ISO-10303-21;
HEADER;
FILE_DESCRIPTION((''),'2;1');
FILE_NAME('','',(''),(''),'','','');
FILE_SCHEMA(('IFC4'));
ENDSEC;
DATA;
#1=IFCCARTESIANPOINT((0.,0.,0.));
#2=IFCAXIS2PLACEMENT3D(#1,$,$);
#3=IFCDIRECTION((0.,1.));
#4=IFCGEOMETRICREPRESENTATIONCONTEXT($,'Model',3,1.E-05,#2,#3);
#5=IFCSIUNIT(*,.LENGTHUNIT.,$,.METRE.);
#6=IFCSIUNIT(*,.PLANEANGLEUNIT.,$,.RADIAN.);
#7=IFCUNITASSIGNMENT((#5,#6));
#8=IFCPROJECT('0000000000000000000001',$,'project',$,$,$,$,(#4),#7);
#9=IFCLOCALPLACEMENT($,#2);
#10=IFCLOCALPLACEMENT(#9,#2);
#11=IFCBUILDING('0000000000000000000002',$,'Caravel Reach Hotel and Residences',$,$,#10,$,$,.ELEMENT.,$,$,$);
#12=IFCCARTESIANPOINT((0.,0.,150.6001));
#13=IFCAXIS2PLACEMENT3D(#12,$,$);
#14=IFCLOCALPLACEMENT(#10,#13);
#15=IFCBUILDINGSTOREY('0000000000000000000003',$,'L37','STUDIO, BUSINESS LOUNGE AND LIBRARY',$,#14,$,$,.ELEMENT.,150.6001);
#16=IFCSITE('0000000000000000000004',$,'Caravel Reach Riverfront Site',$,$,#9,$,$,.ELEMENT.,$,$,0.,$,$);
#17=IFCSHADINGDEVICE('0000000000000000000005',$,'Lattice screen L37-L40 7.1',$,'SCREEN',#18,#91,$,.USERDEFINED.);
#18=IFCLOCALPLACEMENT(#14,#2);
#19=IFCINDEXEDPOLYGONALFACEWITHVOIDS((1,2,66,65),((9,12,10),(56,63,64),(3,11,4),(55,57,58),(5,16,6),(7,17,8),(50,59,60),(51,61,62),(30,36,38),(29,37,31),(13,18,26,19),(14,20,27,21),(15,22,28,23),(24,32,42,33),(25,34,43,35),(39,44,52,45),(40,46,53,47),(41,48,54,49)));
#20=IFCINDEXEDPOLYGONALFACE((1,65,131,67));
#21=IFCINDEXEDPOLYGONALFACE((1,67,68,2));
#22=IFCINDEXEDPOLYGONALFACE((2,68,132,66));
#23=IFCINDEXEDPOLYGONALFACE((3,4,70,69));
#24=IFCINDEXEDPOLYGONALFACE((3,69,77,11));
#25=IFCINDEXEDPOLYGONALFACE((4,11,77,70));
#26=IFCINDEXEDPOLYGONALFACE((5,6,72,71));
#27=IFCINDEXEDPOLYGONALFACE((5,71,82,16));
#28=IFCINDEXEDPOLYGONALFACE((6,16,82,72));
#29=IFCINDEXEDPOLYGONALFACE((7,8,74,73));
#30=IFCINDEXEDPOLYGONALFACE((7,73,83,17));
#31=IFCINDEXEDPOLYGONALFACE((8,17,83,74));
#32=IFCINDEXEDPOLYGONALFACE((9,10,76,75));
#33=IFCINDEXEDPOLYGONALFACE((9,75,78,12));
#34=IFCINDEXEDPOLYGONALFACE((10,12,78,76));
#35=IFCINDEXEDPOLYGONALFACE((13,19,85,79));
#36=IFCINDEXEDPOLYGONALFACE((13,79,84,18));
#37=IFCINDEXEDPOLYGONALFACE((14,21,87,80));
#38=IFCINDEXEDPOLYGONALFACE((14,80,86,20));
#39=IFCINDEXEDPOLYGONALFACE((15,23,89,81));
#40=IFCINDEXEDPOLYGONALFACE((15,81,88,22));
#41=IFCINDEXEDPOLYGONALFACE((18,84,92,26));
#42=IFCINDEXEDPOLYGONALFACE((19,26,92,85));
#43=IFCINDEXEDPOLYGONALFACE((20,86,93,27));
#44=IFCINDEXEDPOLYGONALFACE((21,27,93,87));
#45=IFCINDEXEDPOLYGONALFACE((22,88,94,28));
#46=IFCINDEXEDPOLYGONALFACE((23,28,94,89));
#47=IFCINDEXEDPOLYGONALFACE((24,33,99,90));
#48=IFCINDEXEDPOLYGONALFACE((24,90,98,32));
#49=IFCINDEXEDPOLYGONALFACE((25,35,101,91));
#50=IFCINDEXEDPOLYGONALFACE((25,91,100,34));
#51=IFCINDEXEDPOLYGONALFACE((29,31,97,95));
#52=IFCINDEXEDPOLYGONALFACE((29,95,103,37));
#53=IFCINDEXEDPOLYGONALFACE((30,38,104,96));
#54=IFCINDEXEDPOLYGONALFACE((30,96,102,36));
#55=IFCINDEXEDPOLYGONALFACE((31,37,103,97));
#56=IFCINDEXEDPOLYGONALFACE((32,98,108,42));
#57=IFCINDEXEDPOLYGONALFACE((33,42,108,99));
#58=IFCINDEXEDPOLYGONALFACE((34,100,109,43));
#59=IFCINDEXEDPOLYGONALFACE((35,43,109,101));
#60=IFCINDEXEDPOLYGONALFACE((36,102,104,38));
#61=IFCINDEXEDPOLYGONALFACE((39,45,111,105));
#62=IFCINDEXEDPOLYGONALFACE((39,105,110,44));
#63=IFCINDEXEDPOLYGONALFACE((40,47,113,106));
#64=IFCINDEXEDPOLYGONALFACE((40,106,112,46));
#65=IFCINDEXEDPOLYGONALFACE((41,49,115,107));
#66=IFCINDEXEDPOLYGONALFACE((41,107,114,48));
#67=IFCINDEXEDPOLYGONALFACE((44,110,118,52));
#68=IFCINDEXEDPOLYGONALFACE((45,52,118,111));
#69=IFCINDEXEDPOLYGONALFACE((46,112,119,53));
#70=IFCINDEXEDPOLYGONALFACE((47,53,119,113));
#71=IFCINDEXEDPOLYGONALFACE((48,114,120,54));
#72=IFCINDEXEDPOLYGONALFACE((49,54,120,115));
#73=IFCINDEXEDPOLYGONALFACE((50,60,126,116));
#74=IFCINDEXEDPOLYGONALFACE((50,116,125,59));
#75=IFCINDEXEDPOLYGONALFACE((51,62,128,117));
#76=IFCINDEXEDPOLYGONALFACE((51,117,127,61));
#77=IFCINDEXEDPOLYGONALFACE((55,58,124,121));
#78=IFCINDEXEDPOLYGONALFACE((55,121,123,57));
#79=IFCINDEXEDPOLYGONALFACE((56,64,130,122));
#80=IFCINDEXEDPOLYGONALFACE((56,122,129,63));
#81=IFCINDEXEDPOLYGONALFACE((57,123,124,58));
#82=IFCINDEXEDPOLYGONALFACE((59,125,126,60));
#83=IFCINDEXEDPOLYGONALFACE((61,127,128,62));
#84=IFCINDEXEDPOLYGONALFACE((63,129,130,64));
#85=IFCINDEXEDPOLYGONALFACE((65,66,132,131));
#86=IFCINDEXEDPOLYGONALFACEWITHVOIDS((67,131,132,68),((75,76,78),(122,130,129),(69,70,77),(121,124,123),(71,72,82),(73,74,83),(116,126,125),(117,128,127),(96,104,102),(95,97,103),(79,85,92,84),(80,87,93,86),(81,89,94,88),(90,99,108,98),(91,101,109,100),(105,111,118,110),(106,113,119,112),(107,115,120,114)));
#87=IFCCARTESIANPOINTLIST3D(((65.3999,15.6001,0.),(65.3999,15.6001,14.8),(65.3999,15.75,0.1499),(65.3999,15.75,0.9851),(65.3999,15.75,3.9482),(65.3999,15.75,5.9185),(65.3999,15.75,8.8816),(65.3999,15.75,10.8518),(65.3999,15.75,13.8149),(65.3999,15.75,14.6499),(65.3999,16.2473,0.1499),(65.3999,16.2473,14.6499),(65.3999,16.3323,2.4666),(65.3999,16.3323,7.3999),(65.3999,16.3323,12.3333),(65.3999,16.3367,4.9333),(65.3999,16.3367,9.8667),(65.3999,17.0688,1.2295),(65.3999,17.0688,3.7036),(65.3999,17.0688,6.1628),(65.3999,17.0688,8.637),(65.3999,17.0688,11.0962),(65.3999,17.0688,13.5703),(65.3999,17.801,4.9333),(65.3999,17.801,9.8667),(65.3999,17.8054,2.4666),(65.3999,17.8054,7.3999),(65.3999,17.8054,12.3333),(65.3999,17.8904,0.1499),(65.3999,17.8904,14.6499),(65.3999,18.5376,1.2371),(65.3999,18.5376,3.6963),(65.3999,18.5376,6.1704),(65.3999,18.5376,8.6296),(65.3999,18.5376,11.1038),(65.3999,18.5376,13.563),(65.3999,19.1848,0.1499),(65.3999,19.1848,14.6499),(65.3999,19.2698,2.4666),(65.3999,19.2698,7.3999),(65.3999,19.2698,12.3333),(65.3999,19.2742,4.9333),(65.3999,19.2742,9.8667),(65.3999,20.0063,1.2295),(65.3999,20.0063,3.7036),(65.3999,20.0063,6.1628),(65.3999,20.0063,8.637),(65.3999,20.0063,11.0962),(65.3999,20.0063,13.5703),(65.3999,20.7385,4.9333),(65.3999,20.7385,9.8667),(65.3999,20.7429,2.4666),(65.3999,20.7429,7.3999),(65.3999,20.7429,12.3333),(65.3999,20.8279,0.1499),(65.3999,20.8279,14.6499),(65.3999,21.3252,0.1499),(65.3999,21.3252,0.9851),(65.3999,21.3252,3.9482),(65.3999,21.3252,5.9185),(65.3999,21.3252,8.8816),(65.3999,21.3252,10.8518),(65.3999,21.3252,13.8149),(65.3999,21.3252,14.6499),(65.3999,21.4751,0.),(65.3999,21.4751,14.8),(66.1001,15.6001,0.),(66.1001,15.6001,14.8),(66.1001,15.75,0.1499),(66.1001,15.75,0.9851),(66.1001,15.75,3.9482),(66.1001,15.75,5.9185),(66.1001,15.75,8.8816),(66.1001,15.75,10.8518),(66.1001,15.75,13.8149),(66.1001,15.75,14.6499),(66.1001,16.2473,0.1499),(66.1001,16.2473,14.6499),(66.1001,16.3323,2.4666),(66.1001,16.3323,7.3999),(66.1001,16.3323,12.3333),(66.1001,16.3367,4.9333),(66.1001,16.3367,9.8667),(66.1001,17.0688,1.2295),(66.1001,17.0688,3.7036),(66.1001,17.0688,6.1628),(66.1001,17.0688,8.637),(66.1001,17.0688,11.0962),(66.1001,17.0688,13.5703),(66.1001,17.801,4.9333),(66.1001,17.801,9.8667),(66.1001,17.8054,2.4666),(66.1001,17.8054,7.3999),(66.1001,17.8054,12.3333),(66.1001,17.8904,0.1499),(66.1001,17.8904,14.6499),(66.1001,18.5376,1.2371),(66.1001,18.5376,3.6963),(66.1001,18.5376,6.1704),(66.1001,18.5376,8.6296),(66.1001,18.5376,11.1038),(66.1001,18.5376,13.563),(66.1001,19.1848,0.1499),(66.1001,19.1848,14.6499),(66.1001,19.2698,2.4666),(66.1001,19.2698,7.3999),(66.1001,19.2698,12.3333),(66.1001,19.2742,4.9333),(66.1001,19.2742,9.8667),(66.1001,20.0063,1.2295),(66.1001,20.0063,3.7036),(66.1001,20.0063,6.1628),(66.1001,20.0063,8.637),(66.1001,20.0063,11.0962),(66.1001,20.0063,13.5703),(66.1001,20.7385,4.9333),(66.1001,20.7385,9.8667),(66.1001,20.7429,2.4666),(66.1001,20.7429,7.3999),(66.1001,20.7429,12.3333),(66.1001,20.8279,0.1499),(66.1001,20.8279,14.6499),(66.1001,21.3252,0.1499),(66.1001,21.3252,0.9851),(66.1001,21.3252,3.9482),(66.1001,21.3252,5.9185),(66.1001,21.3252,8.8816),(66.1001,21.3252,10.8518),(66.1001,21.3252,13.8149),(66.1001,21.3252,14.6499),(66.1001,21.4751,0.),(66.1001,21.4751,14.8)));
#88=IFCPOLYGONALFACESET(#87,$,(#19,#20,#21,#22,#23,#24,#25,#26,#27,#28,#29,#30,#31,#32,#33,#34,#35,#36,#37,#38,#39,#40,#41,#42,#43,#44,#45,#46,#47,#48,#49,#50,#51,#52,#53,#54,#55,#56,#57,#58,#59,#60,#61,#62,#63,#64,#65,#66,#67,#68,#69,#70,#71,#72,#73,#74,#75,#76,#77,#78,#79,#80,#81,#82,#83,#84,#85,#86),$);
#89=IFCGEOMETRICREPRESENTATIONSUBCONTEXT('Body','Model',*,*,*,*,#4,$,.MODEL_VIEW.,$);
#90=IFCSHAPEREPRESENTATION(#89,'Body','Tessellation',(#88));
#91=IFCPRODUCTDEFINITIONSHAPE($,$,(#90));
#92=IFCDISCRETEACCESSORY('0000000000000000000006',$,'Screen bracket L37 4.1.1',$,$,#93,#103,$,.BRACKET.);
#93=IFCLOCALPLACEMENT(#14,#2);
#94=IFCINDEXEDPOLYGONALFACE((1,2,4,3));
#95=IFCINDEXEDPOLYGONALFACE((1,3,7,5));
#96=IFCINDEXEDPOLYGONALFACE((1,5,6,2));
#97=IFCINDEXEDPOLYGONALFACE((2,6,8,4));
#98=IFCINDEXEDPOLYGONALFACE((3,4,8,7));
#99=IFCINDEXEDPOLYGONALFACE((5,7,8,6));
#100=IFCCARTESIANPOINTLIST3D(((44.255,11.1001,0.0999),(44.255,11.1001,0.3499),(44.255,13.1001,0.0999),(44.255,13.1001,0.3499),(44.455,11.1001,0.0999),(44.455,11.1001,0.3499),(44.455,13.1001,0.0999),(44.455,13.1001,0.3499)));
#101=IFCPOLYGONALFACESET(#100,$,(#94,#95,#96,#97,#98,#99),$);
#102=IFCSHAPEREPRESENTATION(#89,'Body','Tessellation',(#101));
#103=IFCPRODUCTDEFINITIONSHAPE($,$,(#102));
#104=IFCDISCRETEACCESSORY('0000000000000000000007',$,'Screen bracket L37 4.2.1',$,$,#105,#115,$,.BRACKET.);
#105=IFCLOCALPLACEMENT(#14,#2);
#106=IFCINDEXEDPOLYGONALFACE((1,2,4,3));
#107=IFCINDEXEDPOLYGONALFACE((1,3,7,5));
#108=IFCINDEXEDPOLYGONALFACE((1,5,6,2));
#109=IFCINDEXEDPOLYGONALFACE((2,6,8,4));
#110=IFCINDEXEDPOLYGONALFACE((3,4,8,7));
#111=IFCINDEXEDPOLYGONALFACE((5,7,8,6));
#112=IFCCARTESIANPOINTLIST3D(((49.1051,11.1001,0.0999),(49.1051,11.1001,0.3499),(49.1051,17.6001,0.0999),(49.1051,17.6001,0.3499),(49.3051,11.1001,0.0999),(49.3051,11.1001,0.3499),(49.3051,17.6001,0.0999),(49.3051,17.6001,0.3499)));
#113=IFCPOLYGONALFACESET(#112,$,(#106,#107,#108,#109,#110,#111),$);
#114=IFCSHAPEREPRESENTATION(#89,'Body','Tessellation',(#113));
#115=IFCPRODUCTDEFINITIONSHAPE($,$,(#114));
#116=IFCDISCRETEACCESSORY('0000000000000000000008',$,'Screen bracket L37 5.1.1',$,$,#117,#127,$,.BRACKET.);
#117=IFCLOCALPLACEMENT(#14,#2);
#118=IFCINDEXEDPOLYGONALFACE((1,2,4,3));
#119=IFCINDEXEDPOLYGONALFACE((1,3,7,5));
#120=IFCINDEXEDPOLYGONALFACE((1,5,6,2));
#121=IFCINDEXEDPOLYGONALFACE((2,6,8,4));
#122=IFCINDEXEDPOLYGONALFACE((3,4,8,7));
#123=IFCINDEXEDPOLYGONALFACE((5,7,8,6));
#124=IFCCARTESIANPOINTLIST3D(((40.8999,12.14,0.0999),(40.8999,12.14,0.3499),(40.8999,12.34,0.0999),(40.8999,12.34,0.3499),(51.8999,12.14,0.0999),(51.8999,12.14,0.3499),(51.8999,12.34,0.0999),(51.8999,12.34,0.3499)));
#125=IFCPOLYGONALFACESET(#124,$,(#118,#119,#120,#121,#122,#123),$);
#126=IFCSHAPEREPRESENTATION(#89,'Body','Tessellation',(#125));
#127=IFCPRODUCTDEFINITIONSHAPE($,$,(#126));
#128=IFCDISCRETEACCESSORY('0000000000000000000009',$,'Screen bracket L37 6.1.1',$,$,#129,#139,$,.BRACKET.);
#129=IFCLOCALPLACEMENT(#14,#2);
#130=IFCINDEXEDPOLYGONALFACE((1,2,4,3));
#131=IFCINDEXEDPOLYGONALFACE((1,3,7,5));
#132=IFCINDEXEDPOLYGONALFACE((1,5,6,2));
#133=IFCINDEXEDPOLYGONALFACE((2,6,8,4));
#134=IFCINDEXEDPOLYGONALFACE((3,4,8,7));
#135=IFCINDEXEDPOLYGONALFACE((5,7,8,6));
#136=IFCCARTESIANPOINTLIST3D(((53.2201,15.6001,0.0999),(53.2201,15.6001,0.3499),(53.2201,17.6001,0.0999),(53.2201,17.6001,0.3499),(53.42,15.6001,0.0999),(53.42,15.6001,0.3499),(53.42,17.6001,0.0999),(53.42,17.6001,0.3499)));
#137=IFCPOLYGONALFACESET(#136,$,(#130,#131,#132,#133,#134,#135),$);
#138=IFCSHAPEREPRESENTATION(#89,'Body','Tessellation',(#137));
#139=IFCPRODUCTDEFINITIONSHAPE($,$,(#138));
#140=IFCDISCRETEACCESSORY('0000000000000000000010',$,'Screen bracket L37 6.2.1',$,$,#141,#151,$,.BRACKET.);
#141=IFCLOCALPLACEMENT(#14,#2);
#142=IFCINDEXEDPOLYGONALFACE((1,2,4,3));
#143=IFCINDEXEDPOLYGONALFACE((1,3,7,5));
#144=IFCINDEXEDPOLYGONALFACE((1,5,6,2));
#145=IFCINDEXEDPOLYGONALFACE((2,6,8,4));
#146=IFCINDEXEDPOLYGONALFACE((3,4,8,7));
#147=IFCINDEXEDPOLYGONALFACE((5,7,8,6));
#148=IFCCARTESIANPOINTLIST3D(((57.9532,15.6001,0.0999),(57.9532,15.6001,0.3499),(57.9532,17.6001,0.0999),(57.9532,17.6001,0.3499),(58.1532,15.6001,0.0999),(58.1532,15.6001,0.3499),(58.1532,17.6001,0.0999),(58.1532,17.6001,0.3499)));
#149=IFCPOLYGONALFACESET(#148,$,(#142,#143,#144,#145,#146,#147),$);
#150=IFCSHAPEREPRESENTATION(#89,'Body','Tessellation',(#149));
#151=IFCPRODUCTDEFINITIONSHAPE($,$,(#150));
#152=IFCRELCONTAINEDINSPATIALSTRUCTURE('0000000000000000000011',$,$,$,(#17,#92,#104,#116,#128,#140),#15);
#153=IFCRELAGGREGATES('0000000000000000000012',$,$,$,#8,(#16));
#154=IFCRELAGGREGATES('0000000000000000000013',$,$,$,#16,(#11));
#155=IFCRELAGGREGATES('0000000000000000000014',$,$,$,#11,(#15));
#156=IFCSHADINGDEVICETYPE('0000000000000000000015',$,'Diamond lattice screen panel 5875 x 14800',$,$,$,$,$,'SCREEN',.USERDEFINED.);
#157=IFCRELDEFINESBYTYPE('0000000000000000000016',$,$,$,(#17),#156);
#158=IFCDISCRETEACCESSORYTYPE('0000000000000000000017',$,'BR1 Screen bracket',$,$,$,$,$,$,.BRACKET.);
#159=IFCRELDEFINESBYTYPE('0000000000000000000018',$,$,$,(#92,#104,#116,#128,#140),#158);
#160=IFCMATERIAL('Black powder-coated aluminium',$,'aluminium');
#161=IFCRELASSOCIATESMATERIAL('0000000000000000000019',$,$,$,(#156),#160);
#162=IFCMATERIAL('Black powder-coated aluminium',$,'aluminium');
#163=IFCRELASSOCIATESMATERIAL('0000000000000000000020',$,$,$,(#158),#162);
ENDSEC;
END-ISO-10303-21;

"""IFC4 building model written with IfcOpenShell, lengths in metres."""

from ifc_helpers import new_model, si_unit, direction, frame, origin, origin_2d, place, context, subcontext, project, spatial, polyline, rectangle, outline, extrude, material, type_object, element, save


model = new_model("IFC4")

# Units and contexts
model_context = context("Model", 3, precision=1e-05, world=origin(), true_north=direction((0.0, 1.0)))
body_context = subcontext(model_context, "Body", "Model", "MODEL_VIEW")
ifc_project = project(units=[si_unit("LENGTHUNIT", "METRE"), si_unit("PLANEANGLEUNIT", "RADIAN")], contexts=[model_context])

# Site, building, storey
site_placement = place(None, origin())
site = spatial("IfcSite", under=ifc_project, at=site_placement, Name="Caravel Reach Riverfront Site", CompositionType="ELEMENT", RefElevation=0.0)
building_placement = place(site_placement, origin())
building = spatial("IfcBuilding", under=site, at=building_placement, Name="Caravel Reach Hotel and Residences", CompositionType="ELEMENT")
storey_placement = place(building_placement, frame((0.0, 0.0, 150.6001)))
storey = spatial("IfcBuildingStorey", under=building, at=storey_placement, Name="L37", Description="STUDIO, BUSINESS LOUNGE AND LIBRARY", CompositionType="ELEMENT", Elevation=150.6001)

# Shading device
ifc_material_1 = material(Name="Black powder-coated aluminium", Category="aluminium")
shading_device_type_1 = type_object("IfcShadingDeviceType", Name="Diamond lattice screen panel 5875 x 14800", ElementType="SCREEN", PredefinedType="USERDEFINED", material=ifc_material_1)
shading_device_1_placement = place(storey_placement, frame((65.3999, 15.6001, 0.0), z_axis=(1.0, 0.0, 0.0), x_axis=(0.0, 1.0, 0.0)))
element("IfcShadingDevice", 1, at=shading_device_1_placement, inside=storey, type_object=shading_device_type_1, Name="Lattice screen L37-L40 7.1", ObjectType="SCREEN", PredefinedType="USERDEFINED", context=body_context, shape_type="SweptSolid", body=[
    extrude(outline(polyline([(0.0, 0.0), (5.875, 0.0), (5.875, 14.8), (0.0, 14.8), (0.0, 0.0)]), holes=[polyline([(0.6472, 0.1499), (0.1499, 0.9851), (0.1499, 0.1499), (0.6472, 0.1499)]), polyline([(0.7366, 4.9333), (0.1499, 5.9185), (0.1499, 3.9482), (0.7366, 4.9333)]), polyline([(0.7366, 9.8667), (0.1499, 10.8518), (0.1499, 8.8816), (0.7366, 9.8667)]), polyline([(0.1499, 13.8149), (0.6472, 14.6499), (0.1499, 14.6499), (0.1499, 13.8149)]), polyline([(1.4688, 3.7036), (0.7322, 2.4666), (1.4688, 1.2295), (2.2053, 2.4666), (1.4688, 3.7036)]), polyline([(1.4688, 8.637), (0.7322, 7.3999), (1.4688, 6.1628), (2.2053, 7.3999), (1.4688, 8.637)]), polyline([(1.4688, 13.5703), (0.7322, 12.3333), (1.4688, 11.0962), (2.2053, 12.3333), (1.4688, 13.5703)]), polyline([(2.9375, 1.2371), (2.2903, 0.1499), (3.5847, 0.1499), (2.9375, 1.2371)]), polyline([(2.9375, 6.1704), (2.2009, 4.9333), (2.9375, 3.6963), (3.6741, 4.9333), (2.9375, 6.1704)]), polyline([(2.9375, 11.1038), (2.2009, 9.8667), (2.9375, 8.6296), (3.6741, 9.8667), (2.9375, 11.1038)]), polyline([(2.9375, 13.563), (3.5847, 14.6499), (2.2903, 14.6499), (2.9375, 13.563)]), polyline([(4.4062, 3.7036), (3.6697, 2.4666), (4.4062, 1.2295), (5.1428, 2.4666), (4.4062, 3.7036)]), polyline([(4.4062, 8.637), (3.6697, 7.3999), (4.4062, 6.1628), (5.1428, 7.3999), (4.4062, 8.637)]), polyline([(4.4062, 13.5703), (3.6697, 12.3333), (4.4062, 11.0962), (5.1428, 12.3333), (4.4062, 13.5703)]), polyline([(5.7251, 0.9851), (5.2278, 0.1499), (5.7251, 0.1499), (5.7251, 0.9851)]), polyline([(5.1384, 4.9333), (5.7251, 3.9482), (5.7251, 5.9185), (5.1384, 4.9333)]), polyline([(5.1384, 9.8667), (5.7251, 8.8816), (5.7251, 10.8518), (5.1384, 9.8667)]), polyline([(5.2278, 14.6499), (5.7251, 13.8149), (5.7251, 14.6499), (5.2278, 14.6499)])]), origin(), (0.0, 0.0, 1.0), 0.7002),
])

# Discrete accessories
ifc_material_2 = material(Name="Black powder-coated aluminium", Category="aluminium")
discrete_accessory_type = type_object("IfcDiscreteAccessoryType", Name="BR1 Screen bracket", PredefinedType="BRACKET", material=ifc_material_2)
discrete_accessory_1_placement = place(storey_placement, frame((44.355, 12.1001, 0.0999), z_axis=(0.0, 0.0, 1.0), x_axis=(0.0, -1.0, 0.0)))
element("IfcDiscreteAccessory", 2, at=discrete_accessory_1_placement, inside=storey, type_object=discrete_accessory_type, Name="Screen bracket L37 4.1.1", PredefinedType="BRACKET", context=body_context, shape_type="SweptSolid", body=[
    extrude(rectangle(XDim=2.0, YDim=0.2, at=origin_2d()), origin(), (0.0, 0.0, 1.0), 0.25),
])
discrete_accessory_2_placement = place(storey_placement, frame((49.2051, 14.3501, 0.0999), z_axis=(0.0, 0.0, 1.0), x_axis=(0.0, -1.0, 0.0)))
element("IfcDiscreteAccessory", 3, at=discrete_accessory_2_placement, inside=storey, type_object=discrete_accessory_type, Name="Screen bracket L37 4.2.1", PredefinedType="BRACKET", context=body_context, shape_type="SweptSolid", body=[
    extrude(rectangle(XDim=6.5, YDim=0.2, at=origin_2d()), origin(), (0.0, 0.0, 1.0), 0.25),
])
discrete_accessory_3_placement = place(storey_placement, frame((46.3999, 12.24, 0.0999), z_axis=(0.0, 0.0, 1.0), x_axis=(1.0, 0.0, 0.0)))
element("IfcDiscreteAccessory", 4, at=discrete_accessory_3_placement, inside=storey, type_object=discrete_accessory_type, Name="Screen bracket L37 5.1.1", PredefinedType="BRACKET", context=body_context, shape_type="SweptSolid", body=[
    extrude(rectangle(XDim=11.0, YDim=0.2, at=origin_2d()), origin(), (0.0, 0.0, 1.0), 0.25),
])
for number, where, z_axis, x_axis, name in (
    (5, (53.3201, 16.6001, 0.0999), (0.0, 0.0, 1.0), (0.0, -1.0, 0.0), "Screen bracket L37 6.1.1"),
    (6, (58.0532, 16.6001, 0.0999), (0.0, 0.0, 1.0), (0.0, -1.0, 0.0), "Screen bracket L37 6.2.1"),
):
    element("IfcDiscreteAccessory", number, at=place(storey_placement, frame(where, z_axis=z_axis, x_axis=x_axis)), inside=storey, type_object=discrete_accessory_type, Name=name, PredefinedType="BRACKET", context=body_context, shape_type="SweptSolid", body=[
        extrude(rectangle(XDim=2.0, YDim=0.2, at=origin_2d()), origin(), (0.0, 0.0, 1.0), 0.25),
    ])

save(model, "model.ifc")
